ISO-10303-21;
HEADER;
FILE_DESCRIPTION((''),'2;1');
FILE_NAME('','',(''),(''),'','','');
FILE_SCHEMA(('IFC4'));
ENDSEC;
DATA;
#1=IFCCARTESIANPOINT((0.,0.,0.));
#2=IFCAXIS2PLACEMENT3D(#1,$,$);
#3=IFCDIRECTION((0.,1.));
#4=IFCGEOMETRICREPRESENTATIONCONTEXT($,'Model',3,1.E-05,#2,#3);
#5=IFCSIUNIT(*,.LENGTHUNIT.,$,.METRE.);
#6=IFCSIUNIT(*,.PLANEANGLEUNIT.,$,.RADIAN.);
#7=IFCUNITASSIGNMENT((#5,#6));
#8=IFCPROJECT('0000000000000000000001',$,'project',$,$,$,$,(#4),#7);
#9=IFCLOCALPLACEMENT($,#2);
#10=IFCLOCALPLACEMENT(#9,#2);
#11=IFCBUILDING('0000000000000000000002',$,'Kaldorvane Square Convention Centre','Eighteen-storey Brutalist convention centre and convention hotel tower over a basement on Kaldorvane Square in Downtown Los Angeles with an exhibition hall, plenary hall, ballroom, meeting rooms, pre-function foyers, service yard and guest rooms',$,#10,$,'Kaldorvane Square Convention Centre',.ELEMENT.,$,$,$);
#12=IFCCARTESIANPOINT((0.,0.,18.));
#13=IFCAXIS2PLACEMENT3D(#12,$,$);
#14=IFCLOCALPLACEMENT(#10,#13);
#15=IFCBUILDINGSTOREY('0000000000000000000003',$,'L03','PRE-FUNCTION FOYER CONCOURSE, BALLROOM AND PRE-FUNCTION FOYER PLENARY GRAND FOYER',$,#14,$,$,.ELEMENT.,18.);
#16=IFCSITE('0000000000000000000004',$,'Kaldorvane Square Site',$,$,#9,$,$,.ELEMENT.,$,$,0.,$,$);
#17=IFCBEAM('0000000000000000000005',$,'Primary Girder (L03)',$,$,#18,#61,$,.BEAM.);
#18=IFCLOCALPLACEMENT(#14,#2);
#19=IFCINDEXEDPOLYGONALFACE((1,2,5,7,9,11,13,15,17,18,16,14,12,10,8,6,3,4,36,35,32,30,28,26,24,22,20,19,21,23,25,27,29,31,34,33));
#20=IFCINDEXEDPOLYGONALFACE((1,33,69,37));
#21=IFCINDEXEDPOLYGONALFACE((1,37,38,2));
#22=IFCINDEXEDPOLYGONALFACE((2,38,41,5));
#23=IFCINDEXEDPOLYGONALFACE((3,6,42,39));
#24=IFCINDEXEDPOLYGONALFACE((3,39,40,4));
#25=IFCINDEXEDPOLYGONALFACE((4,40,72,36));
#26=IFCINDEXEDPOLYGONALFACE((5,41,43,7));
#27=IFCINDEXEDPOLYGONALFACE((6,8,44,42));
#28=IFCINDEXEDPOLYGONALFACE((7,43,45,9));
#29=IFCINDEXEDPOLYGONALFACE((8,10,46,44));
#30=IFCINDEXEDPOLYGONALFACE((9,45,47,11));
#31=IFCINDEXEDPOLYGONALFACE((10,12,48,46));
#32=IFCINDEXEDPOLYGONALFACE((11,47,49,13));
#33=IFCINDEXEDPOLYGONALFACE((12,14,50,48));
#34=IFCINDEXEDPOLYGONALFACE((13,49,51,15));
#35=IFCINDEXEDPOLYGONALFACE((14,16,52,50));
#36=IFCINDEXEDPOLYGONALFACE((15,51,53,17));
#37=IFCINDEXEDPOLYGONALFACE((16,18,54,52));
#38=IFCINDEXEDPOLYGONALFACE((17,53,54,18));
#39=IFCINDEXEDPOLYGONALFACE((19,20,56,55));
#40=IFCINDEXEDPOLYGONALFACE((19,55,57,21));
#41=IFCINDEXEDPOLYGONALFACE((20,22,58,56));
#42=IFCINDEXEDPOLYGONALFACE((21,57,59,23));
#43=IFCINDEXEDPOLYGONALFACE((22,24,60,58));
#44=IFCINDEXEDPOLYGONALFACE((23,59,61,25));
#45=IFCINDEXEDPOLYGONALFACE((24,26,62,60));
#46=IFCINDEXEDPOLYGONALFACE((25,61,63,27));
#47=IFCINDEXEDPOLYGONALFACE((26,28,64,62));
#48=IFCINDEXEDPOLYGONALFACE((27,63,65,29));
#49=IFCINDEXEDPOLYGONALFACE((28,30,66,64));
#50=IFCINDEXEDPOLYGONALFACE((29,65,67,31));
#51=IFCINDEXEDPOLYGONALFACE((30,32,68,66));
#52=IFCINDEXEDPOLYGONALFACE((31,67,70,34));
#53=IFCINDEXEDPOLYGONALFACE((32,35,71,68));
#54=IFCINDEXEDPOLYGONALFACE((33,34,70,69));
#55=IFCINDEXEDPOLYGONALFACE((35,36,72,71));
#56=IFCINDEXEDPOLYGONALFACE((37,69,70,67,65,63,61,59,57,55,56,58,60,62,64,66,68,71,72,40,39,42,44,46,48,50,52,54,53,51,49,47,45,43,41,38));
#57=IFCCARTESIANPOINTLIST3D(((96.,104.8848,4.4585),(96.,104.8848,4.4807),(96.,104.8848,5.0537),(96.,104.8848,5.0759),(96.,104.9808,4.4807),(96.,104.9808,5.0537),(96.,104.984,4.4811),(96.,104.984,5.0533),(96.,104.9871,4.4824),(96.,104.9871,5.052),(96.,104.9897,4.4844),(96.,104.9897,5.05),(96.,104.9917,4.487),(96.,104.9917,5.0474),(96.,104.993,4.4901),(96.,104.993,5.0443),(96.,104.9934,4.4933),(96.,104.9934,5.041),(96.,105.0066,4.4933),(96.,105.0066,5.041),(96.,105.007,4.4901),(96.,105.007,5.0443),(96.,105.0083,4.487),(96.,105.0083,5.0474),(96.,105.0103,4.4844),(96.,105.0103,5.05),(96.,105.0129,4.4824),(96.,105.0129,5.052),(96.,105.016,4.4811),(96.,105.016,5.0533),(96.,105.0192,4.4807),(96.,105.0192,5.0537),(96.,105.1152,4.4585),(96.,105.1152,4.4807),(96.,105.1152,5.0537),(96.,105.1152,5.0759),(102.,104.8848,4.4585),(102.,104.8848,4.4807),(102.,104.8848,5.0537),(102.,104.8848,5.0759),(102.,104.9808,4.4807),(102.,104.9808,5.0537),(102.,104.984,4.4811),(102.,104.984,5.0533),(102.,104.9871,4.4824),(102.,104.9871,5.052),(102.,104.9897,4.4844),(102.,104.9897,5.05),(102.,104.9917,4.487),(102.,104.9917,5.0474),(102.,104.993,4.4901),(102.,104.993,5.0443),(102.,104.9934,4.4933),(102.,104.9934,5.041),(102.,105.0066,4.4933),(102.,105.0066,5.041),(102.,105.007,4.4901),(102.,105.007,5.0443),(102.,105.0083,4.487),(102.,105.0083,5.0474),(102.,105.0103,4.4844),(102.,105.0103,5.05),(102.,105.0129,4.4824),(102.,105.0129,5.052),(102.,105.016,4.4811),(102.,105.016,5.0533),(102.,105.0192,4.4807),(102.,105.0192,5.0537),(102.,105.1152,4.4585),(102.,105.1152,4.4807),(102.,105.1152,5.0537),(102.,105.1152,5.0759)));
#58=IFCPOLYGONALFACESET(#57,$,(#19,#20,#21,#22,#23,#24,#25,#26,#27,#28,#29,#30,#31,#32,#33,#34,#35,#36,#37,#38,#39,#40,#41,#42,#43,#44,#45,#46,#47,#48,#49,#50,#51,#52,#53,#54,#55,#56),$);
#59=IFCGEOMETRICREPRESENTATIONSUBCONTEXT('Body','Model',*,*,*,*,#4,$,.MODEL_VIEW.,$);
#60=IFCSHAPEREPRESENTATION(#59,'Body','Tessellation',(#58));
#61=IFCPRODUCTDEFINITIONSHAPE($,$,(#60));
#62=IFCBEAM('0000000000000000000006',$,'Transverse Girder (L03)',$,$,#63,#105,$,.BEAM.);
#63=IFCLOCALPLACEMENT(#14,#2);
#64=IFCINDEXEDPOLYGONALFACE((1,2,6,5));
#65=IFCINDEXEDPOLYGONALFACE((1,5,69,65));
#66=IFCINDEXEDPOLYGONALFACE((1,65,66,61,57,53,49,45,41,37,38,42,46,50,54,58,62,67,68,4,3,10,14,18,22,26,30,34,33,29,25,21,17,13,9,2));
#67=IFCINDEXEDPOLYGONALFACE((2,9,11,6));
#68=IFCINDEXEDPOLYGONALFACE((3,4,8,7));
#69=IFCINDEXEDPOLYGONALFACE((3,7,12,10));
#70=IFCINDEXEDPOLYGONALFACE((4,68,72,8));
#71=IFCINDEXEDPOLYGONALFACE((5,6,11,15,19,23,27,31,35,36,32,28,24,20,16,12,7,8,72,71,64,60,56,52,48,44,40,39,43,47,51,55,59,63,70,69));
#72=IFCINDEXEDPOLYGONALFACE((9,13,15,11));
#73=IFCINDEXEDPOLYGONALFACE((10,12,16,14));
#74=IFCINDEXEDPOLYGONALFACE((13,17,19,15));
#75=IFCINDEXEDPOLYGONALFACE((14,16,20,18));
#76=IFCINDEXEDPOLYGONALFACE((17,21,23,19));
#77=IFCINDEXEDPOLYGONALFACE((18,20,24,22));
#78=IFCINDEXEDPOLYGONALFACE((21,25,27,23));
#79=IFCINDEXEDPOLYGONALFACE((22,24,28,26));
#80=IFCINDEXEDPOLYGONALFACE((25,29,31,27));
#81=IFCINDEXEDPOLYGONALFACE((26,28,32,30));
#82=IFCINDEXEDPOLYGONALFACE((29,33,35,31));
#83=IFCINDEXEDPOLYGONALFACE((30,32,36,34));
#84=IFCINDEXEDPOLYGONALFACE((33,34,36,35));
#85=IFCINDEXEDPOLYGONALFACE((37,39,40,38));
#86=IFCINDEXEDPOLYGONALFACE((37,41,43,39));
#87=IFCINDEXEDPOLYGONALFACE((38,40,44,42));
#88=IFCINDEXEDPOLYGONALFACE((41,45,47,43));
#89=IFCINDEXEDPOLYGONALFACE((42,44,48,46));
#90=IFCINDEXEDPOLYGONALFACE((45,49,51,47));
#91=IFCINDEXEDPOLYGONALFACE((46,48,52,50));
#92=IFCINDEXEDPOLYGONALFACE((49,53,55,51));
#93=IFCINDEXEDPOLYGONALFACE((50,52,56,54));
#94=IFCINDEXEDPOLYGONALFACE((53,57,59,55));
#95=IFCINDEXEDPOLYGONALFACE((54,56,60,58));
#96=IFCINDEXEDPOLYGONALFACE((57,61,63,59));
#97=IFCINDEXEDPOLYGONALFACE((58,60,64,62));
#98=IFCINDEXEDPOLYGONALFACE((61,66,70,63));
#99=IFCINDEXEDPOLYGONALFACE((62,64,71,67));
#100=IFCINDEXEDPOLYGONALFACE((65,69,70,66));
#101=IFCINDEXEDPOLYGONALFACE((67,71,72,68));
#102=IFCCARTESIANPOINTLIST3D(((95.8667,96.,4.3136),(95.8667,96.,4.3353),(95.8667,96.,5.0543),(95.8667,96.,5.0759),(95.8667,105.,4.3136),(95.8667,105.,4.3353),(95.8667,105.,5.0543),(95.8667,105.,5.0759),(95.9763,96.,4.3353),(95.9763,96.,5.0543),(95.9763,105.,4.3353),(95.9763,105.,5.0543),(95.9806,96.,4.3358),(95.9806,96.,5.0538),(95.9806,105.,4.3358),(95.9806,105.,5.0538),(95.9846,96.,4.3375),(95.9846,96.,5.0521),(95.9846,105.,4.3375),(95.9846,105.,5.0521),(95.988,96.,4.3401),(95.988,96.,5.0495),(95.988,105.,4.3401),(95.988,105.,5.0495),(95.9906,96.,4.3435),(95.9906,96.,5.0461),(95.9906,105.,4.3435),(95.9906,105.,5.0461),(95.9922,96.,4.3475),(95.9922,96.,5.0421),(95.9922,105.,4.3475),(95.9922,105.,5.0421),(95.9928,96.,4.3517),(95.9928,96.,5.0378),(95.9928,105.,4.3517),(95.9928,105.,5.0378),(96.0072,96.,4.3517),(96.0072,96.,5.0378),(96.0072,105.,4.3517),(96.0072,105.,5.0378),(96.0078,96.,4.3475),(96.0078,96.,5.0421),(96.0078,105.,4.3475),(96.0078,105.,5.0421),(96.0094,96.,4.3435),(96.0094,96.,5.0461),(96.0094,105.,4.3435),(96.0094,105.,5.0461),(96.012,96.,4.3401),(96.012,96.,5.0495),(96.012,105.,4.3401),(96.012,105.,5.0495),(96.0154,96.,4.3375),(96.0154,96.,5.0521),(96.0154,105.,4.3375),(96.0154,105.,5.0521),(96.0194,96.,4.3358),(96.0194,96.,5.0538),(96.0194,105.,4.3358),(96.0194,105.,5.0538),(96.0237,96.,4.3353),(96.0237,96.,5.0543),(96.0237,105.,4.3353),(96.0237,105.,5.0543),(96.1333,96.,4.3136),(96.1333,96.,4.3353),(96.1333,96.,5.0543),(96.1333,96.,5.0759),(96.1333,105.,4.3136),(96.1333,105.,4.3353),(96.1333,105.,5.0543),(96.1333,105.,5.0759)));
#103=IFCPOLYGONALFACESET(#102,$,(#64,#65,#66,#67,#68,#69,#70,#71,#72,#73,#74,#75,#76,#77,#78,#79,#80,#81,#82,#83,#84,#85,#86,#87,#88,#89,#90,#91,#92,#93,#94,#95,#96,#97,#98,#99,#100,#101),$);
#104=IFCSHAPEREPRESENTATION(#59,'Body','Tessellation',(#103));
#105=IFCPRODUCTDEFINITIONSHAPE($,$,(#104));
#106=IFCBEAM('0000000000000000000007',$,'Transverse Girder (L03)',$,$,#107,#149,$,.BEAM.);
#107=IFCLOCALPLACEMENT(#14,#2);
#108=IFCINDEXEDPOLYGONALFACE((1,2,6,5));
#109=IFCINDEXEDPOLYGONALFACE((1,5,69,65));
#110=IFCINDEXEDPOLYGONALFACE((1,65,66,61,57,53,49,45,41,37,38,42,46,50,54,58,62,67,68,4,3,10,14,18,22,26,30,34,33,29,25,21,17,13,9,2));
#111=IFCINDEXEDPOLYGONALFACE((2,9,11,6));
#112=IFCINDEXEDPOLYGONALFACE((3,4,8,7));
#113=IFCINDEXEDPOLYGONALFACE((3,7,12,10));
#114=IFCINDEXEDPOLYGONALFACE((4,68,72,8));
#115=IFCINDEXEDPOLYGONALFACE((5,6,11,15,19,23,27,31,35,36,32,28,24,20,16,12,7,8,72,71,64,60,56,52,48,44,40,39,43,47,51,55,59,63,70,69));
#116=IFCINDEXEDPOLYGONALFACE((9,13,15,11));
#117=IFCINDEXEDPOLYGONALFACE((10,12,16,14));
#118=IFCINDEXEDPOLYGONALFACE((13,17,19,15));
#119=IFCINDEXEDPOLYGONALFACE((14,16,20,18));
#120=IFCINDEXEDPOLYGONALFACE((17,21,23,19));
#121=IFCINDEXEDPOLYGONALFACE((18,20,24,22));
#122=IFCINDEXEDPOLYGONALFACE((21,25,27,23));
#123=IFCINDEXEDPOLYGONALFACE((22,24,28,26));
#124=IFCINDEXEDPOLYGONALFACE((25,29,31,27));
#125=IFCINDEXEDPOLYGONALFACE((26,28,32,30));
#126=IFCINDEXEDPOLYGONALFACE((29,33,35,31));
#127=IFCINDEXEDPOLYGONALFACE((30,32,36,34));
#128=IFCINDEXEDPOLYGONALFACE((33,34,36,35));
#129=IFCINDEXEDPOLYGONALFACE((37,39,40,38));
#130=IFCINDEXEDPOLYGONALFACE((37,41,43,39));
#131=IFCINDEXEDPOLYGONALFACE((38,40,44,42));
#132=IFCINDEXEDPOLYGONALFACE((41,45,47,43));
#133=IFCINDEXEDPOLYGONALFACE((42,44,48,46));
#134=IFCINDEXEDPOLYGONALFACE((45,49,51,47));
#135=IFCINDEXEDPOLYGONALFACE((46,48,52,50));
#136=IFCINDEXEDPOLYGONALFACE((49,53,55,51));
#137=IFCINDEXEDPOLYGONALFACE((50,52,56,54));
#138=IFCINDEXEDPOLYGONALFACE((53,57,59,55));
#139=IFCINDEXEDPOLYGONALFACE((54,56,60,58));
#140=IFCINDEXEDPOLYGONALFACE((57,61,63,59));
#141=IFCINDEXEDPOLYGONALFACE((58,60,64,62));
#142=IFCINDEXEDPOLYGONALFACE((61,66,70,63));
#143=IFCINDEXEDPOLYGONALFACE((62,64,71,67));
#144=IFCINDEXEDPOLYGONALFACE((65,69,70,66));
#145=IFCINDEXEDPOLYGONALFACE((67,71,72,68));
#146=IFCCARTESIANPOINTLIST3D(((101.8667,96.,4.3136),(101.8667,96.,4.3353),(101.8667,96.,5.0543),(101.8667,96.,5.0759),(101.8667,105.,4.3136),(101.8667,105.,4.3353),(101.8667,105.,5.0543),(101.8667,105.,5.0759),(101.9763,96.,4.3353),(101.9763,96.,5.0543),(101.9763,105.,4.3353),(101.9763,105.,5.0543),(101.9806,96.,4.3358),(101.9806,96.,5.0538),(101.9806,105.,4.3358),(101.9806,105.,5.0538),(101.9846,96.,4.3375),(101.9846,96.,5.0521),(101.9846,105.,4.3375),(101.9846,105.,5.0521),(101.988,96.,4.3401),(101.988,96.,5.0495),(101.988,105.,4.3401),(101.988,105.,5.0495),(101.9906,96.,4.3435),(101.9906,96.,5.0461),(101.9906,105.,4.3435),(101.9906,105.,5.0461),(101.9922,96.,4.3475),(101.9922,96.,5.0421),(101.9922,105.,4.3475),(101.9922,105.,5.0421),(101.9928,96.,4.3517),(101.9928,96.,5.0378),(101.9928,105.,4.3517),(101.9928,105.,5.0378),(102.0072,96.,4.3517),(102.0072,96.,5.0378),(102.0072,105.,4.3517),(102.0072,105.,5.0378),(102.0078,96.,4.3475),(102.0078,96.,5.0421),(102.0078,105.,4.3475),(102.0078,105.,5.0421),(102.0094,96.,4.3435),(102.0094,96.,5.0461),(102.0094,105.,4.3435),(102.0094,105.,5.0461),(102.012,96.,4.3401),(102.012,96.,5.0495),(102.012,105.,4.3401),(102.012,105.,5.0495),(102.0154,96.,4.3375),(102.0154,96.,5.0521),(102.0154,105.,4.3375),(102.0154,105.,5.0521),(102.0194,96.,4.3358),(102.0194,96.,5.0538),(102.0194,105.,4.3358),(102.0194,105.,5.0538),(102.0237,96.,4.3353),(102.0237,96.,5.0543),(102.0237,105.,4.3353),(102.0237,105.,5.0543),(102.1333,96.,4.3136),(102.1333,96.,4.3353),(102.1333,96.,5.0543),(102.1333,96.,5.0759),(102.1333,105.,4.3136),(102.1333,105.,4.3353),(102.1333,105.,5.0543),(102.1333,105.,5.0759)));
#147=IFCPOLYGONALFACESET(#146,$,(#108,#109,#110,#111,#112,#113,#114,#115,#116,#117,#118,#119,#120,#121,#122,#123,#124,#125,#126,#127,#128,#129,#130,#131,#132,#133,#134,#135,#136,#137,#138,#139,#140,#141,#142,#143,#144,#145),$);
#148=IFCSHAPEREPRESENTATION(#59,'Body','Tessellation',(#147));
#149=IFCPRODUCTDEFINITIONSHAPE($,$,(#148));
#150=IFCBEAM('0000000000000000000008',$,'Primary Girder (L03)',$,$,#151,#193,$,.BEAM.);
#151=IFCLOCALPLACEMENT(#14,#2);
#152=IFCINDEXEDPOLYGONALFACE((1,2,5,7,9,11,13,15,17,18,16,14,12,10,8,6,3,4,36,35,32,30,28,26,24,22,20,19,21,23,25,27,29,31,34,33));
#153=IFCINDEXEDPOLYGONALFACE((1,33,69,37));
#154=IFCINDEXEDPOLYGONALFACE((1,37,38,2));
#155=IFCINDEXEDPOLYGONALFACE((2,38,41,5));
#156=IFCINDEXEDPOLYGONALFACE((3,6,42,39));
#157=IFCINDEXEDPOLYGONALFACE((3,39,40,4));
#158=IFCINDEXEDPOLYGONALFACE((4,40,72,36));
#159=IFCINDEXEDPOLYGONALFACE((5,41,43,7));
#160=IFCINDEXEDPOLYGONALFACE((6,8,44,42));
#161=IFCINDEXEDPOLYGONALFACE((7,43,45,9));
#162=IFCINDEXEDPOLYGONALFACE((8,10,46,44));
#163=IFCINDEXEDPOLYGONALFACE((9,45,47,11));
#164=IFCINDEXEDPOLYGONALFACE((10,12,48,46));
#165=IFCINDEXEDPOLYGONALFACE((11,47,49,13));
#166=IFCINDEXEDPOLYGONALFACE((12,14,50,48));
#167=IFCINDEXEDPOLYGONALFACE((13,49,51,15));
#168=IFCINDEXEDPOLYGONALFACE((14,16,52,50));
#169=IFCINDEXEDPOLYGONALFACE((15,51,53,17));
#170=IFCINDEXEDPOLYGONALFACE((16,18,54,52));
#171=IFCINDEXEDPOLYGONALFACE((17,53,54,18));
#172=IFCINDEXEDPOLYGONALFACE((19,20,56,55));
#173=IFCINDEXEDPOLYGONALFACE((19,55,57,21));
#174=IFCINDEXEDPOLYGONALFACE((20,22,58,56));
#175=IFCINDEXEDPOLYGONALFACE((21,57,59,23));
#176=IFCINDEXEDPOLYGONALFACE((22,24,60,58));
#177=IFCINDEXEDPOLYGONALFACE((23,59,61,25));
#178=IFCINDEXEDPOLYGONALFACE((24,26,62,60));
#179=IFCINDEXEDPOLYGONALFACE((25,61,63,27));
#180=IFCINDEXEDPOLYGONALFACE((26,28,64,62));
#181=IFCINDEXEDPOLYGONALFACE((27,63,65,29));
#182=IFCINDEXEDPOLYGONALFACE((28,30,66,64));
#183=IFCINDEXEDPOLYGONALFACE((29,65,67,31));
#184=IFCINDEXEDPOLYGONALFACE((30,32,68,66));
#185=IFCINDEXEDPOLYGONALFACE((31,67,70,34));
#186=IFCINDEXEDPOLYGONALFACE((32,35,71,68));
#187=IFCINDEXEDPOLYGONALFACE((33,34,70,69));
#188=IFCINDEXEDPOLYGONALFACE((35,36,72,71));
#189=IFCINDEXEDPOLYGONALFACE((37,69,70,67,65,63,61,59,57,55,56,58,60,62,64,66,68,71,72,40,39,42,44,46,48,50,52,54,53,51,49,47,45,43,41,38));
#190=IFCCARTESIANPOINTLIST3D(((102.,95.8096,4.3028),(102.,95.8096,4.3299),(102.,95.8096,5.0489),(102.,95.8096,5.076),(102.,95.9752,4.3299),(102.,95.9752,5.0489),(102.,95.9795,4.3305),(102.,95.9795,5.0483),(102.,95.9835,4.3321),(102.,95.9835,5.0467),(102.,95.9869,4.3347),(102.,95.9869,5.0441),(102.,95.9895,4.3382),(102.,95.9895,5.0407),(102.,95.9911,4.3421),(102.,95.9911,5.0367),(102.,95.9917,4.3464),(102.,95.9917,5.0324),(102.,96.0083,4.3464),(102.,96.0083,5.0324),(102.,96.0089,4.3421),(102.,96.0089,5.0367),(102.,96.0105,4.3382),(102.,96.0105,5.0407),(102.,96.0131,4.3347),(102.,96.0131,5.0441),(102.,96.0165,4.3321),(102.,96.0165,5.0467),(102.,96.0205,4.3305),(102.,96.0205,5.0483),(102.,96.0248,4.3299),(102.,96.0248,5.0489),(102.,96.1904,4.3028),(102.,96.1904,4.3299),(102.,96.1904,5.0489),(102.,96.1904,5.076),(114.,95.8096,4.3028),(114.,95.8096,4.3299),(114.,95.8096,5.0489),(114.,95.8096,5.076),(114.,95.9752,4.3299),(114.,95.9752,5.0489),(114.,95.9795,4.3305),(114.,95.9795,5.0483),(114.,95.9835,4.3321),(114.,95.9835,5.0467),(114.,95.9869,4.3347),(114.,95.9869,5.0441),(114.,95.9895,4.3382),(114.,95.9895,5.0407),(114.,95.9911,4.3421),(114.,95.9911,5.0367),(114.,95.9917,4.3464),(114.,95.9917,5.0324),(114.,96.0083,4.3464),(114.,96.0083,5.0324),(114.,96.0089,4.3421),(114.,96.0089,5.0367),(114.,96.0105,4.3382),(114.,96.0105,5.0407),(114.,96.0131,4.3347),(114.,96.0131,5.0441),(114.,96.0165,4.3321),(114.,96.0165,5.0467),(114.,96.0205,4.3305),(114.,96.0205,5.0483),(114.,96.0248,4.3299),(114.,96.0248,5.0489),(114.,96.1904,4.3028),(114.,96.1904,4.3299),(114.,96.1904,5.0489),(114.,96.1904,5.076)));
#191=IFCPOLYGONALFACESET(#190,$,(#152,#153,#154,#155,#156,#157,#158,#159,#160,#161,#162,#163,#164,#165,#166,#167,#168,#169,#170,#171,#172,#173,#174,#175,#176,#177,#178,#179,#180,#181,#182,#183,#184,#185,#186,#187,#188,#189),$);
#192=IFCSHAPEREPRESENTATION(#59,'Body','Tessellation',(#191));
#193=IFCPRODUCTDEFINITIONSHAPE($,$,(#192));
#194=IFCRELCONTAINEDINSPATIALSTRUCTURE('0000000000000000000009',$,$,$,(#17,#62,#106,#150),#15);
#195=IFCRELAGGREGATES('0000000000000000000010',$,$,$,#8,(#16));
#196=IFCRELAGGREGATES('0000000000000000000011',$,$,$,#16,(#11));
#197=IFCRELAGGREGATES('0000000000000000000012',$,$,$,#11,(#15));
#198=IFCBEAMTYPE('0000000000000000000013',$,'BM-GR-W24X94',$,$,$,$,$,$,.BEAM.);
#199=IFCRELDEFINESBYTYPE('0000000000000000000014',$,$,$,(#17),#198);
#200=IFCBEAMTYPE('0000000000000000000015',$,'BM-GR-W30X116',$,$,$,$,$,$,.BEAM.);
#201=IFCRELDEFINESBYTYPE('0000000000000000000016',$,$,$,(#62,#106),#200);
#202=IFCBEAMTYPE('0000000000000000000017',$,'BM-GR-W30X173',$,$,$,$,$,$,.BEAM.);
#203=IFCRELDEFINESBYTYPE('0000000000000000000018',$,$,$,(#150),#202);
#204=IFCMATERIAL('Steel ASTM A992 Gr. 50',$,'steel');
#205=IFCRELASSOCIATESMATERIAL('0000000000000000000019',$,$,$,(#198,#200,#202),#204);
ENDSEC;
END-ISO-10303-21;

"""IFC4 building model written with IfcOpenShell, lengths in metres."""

from ifc_helpers import new_model, si_unit, direction, frame, origin, origin_2d, place, context, subcontext, project, spatial, i_section, extrude, material, material_profile, profile_set, type_object, element, save


model = new_model("IFC4")

# Units and contexts
model_context = context("Model", 3, precision=1e-05, world=origin(), true_north=direction((0.0, 1.0)))
body_context = subcontext(model_context, "Body", "Model", "MODEL_VIEW")
ifc_project = project(units=[si_unit("LENGTHUNIT", "METRE"), si_unit("PLANEANGLEUNIT", "RADIAN")], contexts=[model_context])

# Site, building, storey
site_placement = place(None, origin())
site = spatial("IfcSite", under=ifc_project, at=site_placement, Name="Kaldorvane Square Site", CompositionType="ELEMENT", RefElevation=0.0)
building_placement = place(site_placement, origin())
building = spatial("IfcBuilding", under=site, at=building_placement, Name="Kaldorvane Square Convention Centre", Description="Eighteen-storey Brutalist convention centre and convention hotel tower over a basement on Kaldorvane Square in Downtown Los Angeles with an exhibition hall, plenary hall, ballroom, meeting rooms, pre-function foyers, service yard and guest rooms", LongName="Kaldorvane Square Convention Centre", CompositionType="ELEMENT")
storey_placement = place(building_placement, frame((0.0, 0.0, 18.0)))
storey = spatial("IfcBuildingStorey", under=building, at=storey_placement, Name="L03", Description="PRE-FUNCTION FOYER CONCOURSE, BALLROOM AND PRE-FUNCTION FOYER PLENARY GRAND FOYER", CompositionType="ELEMENT", Elevation=18.0)

# Shared definitions
ifc_material_1 = material(Name="Steel ASTM A992 Gr. 50", Category="steel")

# Beams
ifc_material_profile_1 = material_profile(ifc_material_1, i_section(OverallWidth=0.2303, OverallDepth=0.6175, WebThickness=0.0131, FlangeThickness=0.0222, FilletRadius=0.0127, at=origin_2d()), Name="W24X94")
ifc_profile_set_1 = profile_set([ifc_material_profile_1], Name="Steel ASTM A992 Gr. 50")
beam_type_1 = type_object("IfcBeamType", Name="BM-GR-W24X94", PredefinedType="BEAM", material=ifc_profile_set_1)
for number, where, z_axis, x_axis, name in (
    (1, (96.0, 105.0, 4.7672), (1.0, 0.0, 0.0), (0.0, 1.0, 0.0), "Primary Girder (L03)"),
):
    element("IfcBeam", number, at=place(storey_placement, frame(where, z_axis=z_axis, x_axis=x_axis)), inside=storey, type_object=beam_type_1, Name=name, PredefinedType="BEAM", context=body_context, shape_type="SweptSolid", body=[
        extrude(i_section(OverallWidth=0.2303, OverallDepth=0.6175, WebThickness=0.0131, FlangeThickness=0.0222, FilletRadius=0.0127, at=origin_2d()), origin(), (0.0, 0.0, 1.0), 6.0),
    ])
ifc_material_profile_2 = material_profile(ifc_material_1, i_section(OverallWidth=0.2666, OverallDepth=0.7623, WebThickness=0.0144, FlangeThickness=0.0216, FilletRadius=0.0165, at=origin_2d()), Name="W30X116")
ifc_profile_set_2 = profile_set([ifc_material_profile_2], Name="Steel ASTM A992 Gr. 50")
beam_type_2 = type_object("IfcBeamType", Name="BM-GR-W30X116", PredefinedType="BEAM", material=ifc_profile_set_2)
for number, where, z_axis, x_axis, name in (
    (2, (96.0, 96.0, 4.6948), (0.0, 1.0, 0.0), (-1.0, 0.0, 0.0), "Transverse Girder (L03)"),
    (3, (102.0, 96.0, 4.6948), (0.0, 1.0, 0.0), (-1.0, 0.0, 0.0), "Transverse Girder (L03)"),
):
    element("IfcBeam", number, at=place(storey_placement, frame(where, z_axis=z_axis, x_axis=x_axis)), inside=storey, type_object=beam_type_2, Name=name, PredefinedType="BEAM", context=body_context, shape_type="SweptSolid", body=[
        extrude(i_section(OverallWidth=0.2666, OverallDepth=0.7623, WebThickness=0.0144, FlangeThickness=0.0216, FilletRadius=0.0165, at=origin_2d()), origin(), (0.0, 0.0, 1.0), 9.0),
    ])
ifc_material_profile_3 = material_profile(ifc_material_1, i_section(OverallWidth=0.3807, OverallDepth=0.7732, WebThickness=0.0166, FlangeThickness=0.0271, FilletRadius=0.0165, at=origin_2d()), Name="W30X173")
ifc_profile_set_3 = profile_set([ifc_material_profile_3], Name="Steel ASTM A992 Gr. 50")
beam_type_3 = type_object("IfcBeamType", Name="BM-GR-W30X173", PredefinedType="BEAM", material=ifc_profile_set_3)
for number, where, z_axis, x_axis, name in (
    (4, (102.0, 96.0, 4.6894), (1.0, 0.0, 0.0), (0.0, 1.0, 0.0), "Primary Girder (L03)"),
):
    element("IfcBeam", number, at=place(storey_placement, frame(where, z_axis=z_axis, x_axis=x_axis)), inside=storey, type_object=beam_type_3, Name=name, PredefinedType="BEAM", context=body_context, shape_type="SweptSolid", body=[
        extrude(i_section(OverallWidth=0.3807, OverallDepth=0.7732, WebThickness=0.0166, FlangeThickness=0.0271, FilletRadius=0.0165, at=origin_2d()), origin(), (0.0, 0.0, 1.0), 12.0),
    ])

save(model, "model.ifc")
